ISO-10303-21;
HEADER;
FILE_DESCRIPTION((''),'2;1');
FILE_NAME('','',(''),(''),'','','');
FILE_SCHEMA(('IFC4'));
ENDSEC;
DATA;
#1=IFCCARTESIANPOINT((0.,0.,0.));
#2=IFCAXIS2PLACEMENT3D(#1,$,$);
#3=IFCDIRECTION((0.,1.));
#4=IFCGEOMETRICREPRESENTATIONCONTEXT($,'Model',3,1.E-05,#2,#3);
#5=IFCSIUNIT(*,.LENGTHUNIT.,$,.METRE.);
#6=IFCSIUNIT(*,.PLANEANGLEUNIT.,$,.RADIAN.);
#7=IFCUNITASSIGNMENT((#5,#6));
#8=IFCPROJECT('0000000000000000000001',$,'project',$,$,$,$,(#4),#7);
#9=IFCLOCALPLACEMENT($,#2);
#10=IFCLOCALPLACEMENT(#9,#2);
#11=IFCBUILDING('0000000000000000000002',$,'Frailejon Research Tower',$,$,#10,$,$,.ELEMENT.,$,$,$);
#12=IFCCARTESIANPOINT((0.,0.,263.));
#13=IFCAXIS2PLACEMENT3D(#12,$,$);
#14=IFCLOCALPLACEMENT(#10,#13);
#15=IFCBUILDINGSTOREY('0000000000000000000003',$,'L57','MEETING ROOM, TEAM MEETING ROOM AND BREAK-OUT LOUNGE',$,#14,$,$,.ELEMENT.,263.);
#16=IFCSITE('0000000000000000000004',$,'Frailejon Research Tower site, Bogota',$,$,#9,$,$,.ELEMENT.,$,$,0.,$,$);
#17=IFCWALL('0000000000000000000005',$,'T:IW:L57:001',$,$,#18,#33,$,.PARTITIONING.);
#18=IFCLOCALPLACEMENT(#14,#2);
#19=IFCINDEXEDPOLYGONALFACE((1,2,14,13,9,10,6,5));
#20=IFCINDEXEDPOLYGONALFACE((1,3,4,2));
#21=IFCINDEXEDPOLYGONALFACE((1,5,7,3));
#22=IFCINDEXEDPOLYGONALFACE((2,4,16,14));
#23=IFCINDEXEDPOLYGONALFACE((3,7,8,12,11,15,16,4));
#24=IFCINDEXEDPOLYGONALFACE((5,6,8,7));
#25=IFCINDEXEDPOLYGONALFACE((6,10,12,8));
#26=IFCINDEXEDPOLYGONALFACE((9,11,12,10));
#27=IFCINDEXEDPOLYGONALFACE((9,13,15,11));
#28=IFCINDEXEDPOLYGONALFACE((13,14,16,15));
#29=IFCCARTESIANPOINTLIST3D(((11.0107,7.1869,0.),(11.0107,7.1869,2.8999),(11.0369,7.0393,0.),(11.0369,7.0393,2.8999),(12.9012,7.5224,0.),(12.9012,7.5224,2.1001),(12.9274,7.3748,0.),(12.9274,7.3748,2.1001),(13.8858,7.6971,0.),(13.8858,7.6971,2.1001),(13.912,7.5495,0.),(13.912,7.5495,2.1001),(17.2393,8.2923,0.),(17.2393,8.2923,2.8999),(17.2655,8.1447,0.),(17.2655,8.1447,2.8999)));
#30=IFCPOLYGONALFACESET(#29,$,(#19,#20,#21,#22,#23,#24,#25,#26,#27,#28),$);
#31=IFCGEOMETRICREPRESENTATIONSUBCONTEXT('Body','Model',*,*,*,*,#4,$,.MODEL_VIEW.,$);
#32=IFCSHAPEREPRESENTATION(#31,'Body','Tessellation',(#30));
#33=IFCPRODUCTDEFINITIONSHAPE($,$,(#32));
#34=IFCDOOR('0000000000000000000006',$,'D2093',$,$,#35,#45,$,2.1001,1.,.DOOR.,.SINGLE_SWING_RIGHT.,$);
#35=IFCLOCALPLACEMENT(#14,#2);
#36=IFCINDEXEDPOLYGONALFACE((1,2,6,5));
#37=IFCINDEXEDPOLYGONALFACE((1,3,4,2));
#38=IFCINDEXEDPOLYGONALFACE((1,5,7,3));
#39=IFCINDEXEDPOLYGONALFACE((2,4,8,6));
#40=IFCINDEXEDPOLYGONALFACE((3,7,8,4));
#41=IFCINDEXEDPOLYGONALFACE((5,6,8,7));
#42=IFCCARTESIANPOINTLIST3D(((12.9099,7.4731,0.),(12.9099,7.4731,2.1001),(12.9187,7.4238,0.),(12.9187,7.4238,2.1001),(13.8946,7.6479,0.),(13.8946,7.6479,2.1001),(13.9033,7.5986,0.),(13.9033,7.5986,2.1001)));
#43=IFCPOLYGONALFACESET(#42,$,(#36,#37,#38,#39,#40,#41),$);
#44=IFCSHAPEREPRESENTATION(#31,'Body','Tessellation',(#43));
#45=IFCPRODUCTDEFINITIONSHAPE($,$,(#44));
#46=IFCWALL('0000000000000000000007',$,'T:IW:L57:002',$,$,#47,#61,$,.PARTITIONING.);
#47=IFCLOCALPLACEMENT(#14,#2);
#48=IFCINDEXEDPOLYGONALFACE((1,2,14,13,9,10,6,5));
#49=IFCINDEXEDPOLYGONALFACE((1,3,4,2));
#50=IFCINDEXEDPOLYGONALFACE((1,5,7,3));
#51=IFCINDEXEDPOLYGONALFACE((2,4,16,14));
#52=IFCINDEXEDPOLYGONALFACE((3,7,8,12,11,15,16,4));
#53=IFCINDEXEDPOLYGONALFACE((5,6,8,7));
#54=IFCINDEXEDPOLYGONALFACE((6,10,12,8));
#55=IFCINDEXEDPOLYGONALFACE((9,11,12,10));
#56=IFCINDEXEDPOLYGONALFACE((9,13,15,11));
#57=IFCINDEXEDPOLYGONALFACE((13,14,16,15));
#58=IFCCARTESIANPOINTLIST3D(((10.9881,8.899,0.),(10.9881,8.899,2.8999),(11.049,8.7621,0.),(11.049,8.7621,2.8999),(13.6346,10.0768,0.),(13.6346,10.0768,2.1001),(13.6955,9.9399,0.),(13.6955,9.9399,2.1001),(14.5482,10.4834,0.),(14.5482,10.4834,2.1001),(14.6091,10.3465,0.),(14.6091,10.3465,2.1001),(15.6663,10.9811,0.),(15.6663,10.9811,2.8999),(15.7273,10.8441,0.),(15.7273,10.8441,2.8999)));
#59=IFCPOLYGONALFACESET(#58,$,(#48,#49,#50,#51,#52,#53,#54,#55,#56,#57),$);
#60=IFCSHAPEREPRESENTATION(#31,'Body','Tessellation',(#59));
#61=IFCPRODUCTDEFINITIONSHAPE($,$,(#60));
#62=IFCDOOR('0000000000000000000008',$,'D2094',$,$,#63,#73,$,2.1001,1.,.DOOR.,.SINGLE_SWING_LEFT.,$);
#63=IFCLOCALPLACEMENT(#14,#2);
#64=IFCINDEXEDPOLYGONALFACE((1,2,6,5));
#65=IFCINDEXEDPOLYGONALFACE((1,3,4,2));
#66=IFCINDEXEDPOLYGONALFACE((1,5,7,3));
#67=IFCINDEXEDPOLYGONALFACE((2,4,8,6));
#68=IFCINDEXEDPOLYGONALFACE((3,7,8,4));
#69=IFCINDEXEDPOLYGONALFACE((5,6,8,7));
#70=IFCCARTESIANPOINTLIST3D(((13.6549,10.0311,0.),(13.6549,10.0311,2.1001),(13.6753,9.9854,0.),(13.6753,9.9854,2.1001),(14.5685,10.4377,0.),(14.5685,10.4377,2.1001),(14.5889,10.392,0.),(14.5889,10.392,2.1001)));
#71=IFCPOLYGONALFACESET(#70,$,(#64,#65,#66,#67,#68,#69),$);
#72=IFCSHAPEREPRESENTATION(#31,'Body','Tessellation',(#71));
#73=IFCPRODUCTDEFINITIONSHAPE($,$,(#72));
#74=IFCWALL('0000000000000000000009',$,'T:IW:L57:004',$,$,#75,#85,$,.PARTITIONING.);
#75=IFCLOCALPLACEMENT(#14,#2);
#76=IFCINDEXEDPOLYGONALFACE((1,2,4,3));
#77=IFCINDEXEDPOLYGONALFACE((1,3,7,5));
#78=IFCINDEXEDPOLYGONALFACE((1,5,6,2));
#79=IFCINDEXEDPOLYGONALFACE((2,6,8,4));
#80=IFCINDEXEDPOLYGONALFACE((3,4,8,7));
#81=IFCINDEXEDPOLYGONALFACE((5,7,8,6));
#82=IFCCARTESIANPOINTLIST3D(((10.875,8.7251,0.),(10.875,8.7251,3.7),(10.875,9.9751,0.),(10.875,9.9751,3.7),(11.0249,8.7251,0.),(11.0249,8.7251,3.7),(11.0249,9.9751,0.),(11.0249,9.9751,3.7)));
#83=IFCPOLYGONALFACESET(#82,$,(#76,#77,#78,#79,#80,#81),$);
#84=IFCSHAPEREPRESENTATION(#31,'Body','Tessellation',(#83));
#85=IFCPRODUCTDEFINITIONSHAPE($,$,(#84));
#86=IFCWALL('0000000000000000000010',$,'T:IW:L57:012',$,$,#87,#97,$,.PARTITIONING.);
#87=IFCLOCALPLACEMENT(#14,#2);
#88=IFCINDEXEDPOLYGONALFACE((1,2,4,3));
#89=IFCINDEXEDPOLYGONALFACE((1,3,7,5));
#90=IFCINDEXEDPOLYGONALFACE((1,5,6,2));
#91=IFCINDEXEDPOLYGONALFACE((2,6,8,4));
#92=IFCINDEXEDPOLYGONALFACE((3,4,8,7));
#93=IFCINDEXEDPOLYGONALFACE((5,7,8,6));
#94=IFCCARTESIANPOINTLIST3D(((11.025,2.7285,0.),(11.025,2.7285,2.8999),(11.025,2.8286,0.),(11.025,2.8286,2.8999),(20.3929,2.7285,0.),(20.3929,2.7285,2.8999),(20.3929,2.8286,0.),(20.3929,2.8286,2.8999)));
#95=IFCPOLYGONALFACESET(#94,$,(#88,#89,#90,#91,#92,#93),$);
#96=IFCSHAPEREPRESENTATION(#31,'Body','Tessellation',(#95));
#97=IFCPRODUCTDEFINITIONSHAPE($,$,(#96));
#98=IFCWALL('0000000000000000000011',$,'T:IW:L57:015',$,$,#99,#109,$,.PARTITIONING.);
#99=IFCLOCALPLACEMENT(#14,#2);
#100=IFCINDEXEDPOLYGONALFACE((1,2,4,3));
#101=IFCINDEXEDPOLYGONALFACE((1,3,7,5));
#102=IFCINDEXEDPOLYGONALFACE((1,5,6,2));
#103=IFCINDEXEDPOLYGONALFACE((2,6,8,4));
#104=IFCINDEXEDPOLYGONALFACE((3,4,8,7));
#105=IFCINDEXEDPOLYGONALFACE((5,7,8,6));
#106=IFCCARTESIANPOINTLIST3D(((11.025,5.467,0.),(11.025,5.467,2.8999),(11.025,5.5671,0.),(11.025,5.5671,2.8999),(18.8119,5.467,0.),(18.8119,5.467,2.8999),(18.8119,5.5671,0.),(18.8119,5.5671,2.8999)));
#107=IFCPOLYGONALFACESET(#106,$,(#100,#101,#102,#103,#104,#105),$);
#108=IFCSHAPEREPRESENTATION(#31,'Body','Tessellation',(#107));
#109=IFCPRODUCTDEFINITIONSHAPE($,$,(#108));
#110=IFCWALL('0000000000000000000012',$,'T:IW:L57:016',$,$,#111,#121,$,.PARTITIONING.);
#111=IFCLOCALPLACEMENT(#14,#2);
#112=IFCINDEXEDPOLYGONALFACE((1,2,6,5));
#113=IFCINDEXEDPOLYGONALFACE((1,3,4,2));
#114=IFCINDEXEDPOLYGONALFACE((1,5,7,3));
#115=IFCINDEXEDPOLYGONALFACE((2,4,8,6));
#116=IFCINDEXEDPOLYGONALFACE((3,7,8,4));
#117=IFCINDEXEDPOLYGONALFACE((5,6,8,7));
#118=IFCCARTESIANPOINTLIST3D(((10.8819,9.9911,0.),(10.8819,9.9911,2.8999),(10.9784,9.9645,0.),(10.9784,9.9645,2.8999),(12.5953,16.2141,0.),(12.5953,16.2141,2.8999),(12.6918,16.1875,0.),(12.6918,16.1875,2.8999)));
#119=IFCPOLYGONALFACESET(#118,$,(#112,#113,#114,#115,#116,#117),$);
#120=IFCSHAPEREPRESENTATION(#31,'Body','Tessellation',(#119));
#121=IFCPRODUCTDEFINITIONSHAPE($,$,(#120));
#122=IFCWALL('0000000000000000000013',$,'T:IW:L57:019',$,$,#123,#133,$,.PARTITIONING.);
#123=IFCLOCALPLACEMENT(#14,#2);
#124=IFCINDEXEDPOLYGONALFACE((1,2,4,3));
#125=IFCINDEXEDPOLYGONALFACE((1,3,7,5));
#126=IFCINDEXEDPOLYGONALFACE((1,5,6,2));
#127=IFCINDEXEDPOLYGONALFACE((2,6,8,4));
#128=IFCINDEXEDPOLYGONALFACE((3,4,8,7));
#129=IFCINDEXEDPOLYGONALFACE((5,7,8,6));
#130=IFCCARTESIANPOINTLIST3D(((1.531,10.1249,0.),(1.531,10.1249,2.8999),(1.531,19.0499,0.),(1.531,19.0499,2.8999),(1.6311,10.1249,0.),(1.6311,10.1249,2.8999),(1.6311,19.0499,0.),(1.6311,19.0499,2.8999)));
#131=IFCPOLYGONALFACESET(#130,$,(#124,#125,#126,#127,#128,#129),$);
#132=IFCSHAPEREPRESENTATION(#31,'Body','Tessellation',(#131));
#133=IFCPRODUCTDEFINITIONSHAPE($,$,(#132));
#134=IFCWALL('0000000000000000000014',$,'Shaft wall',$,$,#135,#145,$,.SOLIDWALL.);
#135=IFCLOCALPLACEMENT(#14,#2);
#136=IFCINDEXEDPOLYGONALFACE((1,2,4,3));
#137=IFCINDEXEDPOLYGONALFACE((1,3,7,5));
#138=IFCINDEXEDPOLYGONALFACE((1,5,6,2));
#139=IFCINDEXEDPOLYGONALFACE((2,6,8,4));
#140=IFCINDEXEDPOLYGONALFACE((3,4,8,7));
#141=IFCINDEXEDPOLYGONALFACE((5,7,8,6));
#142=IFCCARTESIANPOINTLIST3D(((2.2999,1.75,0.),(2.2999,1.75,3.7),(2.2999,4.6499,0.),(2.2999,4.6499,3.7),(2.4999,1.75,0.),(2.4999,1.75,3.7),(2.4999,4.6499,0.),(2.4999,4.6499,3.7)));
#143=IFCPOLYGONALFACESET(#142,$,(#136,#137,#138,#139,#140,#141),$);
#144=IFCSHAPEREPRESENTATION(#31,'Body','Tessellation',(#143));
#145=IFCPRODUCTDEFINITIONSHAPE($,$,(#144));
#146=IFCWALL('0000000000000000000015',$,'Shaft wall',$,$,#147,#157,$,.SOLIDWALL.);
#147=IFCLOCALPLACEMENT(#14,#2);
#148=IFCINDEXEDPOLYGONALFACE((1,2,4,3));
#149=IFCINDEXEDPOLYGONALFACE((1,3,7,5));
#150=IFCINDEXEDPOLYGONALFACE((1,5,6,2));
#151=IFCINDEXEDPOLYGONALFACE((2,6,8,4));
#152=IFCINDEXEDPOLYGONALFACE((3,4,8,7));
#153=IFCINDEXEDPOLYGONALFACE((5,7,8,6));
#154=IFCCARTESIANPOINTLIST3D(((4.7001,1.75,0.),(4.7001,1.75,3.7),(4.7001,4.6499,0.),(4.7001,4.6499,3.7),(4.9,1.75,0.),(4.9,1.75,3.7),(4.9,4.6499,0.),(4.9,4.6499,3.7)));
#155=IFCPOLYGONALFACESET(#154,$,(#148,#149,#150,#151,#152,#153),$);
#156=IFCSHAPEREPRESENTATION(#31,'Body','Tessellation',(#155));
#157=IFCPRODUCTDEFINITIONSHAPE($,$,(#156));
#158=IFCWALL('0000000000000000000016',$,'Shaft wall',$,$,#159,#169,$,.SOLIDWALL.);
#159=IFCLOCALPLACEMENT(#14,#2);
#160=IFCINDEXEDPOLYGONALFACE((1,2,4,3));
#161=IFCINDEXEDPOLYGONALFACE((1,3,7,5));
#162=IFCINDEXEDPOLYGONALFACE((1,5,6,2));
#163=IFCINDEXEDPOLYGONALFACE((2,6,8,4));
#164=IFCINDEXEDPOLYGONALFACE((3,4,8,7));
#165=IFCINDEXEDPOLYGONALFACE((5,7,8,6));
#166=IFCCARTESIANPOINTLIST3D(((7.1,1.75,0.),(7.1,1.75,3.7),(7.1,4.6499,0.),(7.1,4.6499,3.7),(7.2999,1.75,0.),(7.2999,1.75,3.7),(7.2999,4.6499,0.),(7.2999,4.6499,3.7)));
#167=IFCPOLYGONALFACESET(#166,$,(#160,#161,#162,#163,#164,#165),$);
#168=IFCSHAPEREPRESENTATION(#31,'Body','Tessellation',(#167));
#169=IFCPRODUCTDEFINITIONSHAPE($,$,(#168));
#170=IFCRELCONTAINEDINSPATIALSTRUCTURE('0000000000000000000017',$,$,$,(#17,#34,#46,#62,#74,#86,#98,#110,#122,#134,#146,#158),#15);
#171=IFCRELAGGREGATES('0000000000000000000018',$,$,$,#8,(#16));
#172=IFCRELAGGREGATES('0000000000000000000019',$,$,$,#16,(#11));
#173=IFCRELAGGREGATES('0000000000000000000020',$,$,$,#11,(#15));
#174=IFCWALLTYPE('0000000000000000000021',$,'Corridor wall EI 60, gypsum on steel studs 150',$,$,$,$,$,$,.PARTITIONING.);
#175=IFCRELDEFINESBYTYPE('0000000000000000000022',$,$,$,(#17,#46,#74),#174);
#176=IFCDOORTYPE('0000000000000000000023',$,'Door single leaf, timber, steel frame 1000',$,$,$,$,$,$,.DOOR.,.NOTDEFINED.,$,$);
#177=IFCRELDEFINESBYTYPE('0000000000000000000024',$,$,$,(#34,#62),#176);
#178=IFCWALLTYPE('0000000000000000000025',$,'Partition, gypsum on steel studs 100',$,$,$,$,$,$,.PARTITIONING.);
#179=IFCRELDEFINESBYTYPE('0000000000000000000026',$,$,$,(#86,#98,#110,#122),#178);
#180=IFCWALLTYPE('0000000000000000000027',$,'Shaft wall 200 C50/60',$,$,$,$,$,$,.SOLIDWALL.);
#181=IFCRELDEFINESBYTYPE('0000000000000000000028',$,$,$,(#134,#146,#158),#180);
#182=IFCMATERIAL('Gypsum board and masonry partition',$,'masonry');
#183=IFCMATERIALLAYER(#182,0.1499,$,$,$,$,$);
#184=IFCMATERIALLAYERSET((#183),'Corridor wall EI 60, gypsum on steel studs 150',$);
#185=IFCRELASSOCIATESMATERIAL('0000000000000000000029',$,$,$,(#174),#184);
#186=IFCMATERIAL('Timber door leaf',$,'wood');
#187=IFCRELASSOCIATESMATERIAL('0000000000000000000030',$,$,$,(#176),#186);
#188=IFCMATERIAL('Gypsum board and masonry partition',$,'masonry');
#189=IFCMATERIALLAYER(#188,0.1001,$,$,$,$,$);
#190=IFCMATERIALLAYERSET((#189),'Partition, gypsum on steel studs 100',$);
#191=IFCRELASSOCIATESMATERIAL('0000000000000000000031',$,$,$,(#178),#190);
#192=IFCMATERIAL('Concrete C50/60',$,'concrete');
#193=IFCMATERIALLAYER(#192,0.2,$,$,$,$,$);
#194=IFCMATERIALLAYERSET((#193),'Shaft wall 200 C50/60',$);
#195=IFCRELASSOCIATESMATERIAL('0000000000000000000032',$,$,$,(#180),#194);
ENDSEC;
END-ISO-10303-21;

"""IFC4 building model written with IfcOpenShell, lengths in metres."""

from ifc_helpers import new_model, si_unit, direction, frame, frame_2d, origin, place, context, subcontext, project, spatial, rectangle, extrude, material, layer, layer_set, type_object, element, fill, save


model = new_model("IFC4")

# Units and contexts
model_context = context("Model", 3, precision=1e-05, world=origin(), true_north=direction((0.0, 1.0)))
body_context = subcontext(model_context, "Body", "Model", "MODEL_VIEW")
ifc_project = project(units=[si_unit("LENGTHUNIT", "METRE"), si_unit("PLANEANGLEUNIT", "RADIAN")], contexts=[model_context])

# Site, building, storey
site_placement = place(None, origin())
site = spatial("IfcSite", under=ifc_project, at=site_placement, Name="Frailejon Research Tower site, Bogota", CompositionType="ELEMENT", RefElevation=0.0)
building_placement = place(site_placement, origin())
building = spatial("IfcBuilding", under=site, at=building_placement, Name="Frailejon Research Tower", CompositionType="ELEMENT")
storey_placement = place(building_placement, frame((0.0, 0.0, 263.0)))
storey = spatial("IfcBuildingStorey", under=building, at=storey_placement, Name="L57", Description="MEETING ROOM, TEAM MEETING ROOM AND BREAK-OUT LOUNGE", CompositionType="ELEMENT", Elevation=263.0)

# Walls, openings, doors
ifc_material_1 = material(Name="Gypsum board and masonry partition", Category="masonry")
ifc_layer_1 = layer(ifc_material_1, 0.1499)
ifc_layer_set_1 = layer_set([ifc_layer_1], Name="Corridor wall EI 60, gypsum on steel studs 150")
wall_type_1 = type_object("IfcWallType", Name="Corridor wall EI 60, gypsum on steel studs 150", PredefinedType="PARTITIONING", material=ifc_layer_set_1)
wall_1_placement = place(storey_placement, frame((11.0237, 7.113, 0.0), z_axis=(0.0, 0.0, 1.0), x_axis=(0.984612, 0.174754, 0.0)))
wall_1 = element("IfcWall", 1, at=wall_1_placement, inside=storey, type_object=wall_type_1, Name="T:IW:L57:001", PredefinedType="PARTITIONING", context=body_context, shape_type="SweptSolid", body=[
    extrude(rectangle(XDim=6.3259, YDim=0.1499, at=frame_2d((3.1631, 0.0))), origin(), (0.0, 0.0, 1.0), 2.8999),
])
opening_1_placement = place(wall_1_placement, frame((1.9202, 0.0, 0.0)))
opening_1 = element("IfcOpeningElement", 2, at=opening_1_placement, cuts=wall_1, PredefinedType="OPENING", context=body_context, shape_type="SweptSolid", body=[
    extrude(rectangle(XDim=1.0, YDim=2.1001, at=frame_2d((0.5, 1.05))), frame((0.0, 0.085, 0.0), z_axis=(0.0, -1.0, 0.0), x_axis=(1.0, 0.0, 0.0)), (0.0, 0.0, 1.0), 0.1699),
])
ifc_material_2 = material(Name="Timber door leaf", Category="wood")
door_type_1 = type_object("IfcDoorType", Name="Door single leaf, timber, steel frame 1000", OperationType="NOTDEFINED", PredefinedType="DOOR", material=ifc_material_2)
door_1_placement = place(opening_1_placement, origin())
door_1 = element("IfcDoor", 3, at=door_1_placement, inside=storey, type_object=door_type_1, Name="D2093", OperationType="SINGLE_SWING_RIGHT", OverallHeight=2.1001, OverallWidth=1.0, PredefinedType="DOOR", context=body_context, shape_type="SweptSolid", body=[
    extrude(rectangle(XDim=1.0, YDim=2.1001, at=frame_2d((0.5, 1.05))), frame((0.0, 0.0249, 0.0), z_axis=(0.0, -1.0, 0.0), x_axis=(1.0, 0.0, 0.0)), (0.0, 0.0, 1.0), 0.05),
])
fill(opening_1, door_1)
wall_2_placement = place(storey_placement, frame((11.0186, 8.8306, 0.0), z_axis=(0.0, 0.0, 1.0), x_axis=(0.913607, 0.406598, 0.0)))
wall_2 = element("IfcWall", 4, at=wall_2_placement, inside=storey, type_object=wall_type_1, Name="T:IW:L57:002", PredefinedType="PARTITIONING", context=body_context, shape_type="SweptSolid", body=[
    extrude(rectangle(XDim=5.1206, YDim=0.1499, at=frame_2d((2.5603, 0.0))), origin(), (0.0, 0.0, 1.0), 2.8999),
])
opening_2_placement = place(wall_2_placement, frame((2.8967, 0.0, 0.0)))
opening_2 = element("IfcOpeningElement", 5, at=opening_2_placement, cuts=wall_2, PredefinedType="OPENING", context=body_context, shape_type="SweptSolid", body=[
    extrude(rectangle(XDim=1.0, YDim=2.1001, at=frame_2d((0.5, 1.05))), frame((0.0, 0.085, 0.0), z_axis=(0.0, -1.0, 0.0), x_axis=(1.0, 0.0, 0.0)), (0.0, 0.0, 1.0), 0.1699),
])
door_2_placement = place(opening_2_placement, origin())
door_2 = element("IfcDoor", 6, at=door_2_placement, inside=storey, type_object=door_type_1, Name="D2094", OperationType="SINGLE_SWING_LEFT", OverallHeight=2.1001, OverallWidth=1.0, PredefinedType="DOOR", context=body_context, shape_type="SweptSolid", body=[
    extrude(rectangle(XDim=1.0, YDim=2.1001, at=frame_2d((0.5, 1.05))), frame((0.0, 0.0249, 0.0), z_axis=(0.0, -1.0, 0.0), x_axis=(1.0, 0.0, 0.0)), (0.0, 0.0, 1.0), 0.05),
])
fill(opening_2, door_2)

# Walls
wall_3_placement = place(storey_placement, frame((10.95, 8.7251, 0.0), z_axis=(0.0, 0.0, 1.0), x_axis=(0.0, 1.0, 0.0)))
element("IfcWall", 7, at=wall_3_placement, inside=storey, type_object=wall_type_1, Name="T:IW:L57:004", PredefinedType="PARTITIONING", context=body_context, shape_type="SweptSolid", body=[
    extrude(rectangle(XDim=1.25, YDim=0.1499, at=frame_2d((0.625, 0.0))), origin(), (0.0, 0.0, 1.0), 3.7),
])
ifc_material_3 = material(Name="Gypsum board and masonry partition", Category="masonry")
ifc_layer_2 = layer(ifc_material_3, 0.1001)
ifc_layer_set_2 = layer_set([ifc_layer_2], Name="Partition, gypsum on steel studs 100")
wall_type_2 = type_object("IfcWallType", Name="Partition, gypsum on steel studs 100", PredefinedType="PARTITIONING", material=ifc_layer_set_2)
wall_4_placement = place(storey_placement, frame((11.0249, 2.7786, 0.0), z_axis=(0.0, 0.0, 1.0), x_axis=(1.0, 0.0, 0.0)))
element("IfcWall", 8, at=wall_4_placement, inside=storey, type_object=wall_type_2, Name="T:IW:L57:012", PredefinedType="PARTITIONING", context=body_context, shape_type="SweptSolid", body=[
    extrude(rectangle(XDim=9.3679, YDim=0.1001, at=frame_2d((4.6841, 0.0))), origin(), (0.0, 0.0, 1.0), 2.8999),
])
wall_5_placement = place(storey_placement, frame((11.0249, 5.5171, 0.0), z_axis=(0.0, 0.0, 1.0), x_axis=(1.0, 0.0, 0.0)))
element("IfcWall", 9, at=wall_5_placement, inside=storey, type_object=wall_type_2, Name="T:IW:L57:015", PredefinedType="PARTITIONING", context=body_context, shape_type="SweptSolid", body=[
    extrude(rectangle(XDim=7.7869, YDim=0.1001, at=frame_2d((3.8936, 0.0))), origin(), (0.0, 0.0, 1.0), 2.8999),
])
wall_6_placement = place(storey_placement, frame((10.9302, 9.9778, 0.0), z_axis=(0.0, 0.0, 1.0), x_axis=(0.265456, 0.964123, 0.0)))
element("IfcWall", 10, at=wall_6_placement, inside=storey, type_object=wall_type_2, Name="T:IW:L57:016", PredefinedType="PARTITIONING", context=body_context, shape_type="SweptSolid", body=[
    extrude(rectangle(XDim=6.4546, YDim=0.1001, at=frame_2d((3.2273, 0.0))), origin(), (0.0, 0.0, 1.0), 2.8999),
])
wall_7_placement = place(storey_placement, frame((1.5811, 10.125, 0.0), z_axis=(0.0, 0.0, 1.0), x_axis=(0.0, 1.0, 0.0)))
element("IfcWall", 11, at=wall_7_placement, inside=storey, type_object=wall_type_2, Name="T:IW:L57:019", PredefinedType="PARTITIONING", context=body_context, shape_type="SweptSolid", body=[
    extrude(rectangle(XDim=8.925, YDim=0.1001, at=frame_2d((4.4624, 0.0))), origin(), (0.0, 0.0, 1.0), 2.8999),
])
ifc_material_4 = material(Name="Concrete C50/60", Category="concrete")
ifc_layer_3 = layer(ifc_material_4, 0.2)
ifc_layer_set_3 = layer_set([ifc_layer_3], Name="Shaft wall 200 C50/60")
wall_type_3 = type_object("IfcWallType", Name="Shaft wall 200 C50/60", PredefinedType="SOLIDWALL", material=ifc_layer_set_3)
for number, where, z_axis, x_axis, name in (
    (12, (2.3999, 1.75, 0.0), (0.0, 0.0, 1.0), (0.0, 1.0, 0.0), "Shaft wall"),
    (13, (4.8, 1.75, 0.0), (0.0, 0.0, 1.0), (0.0, 1.0, 0.0), "Shaft wall"),
    (14, (7.2, 1.75, 0.0), (0.0, 0.0, 1.0), (0.0, 1.0, 0.0), "Shaft wall"),
):
    element("IfcWall", number, at=place(storey_placement, frame(where, z_axis=z_axis, x_axis=x_axis)), inside=storey, type_object=wall_type_3, Name=name, PredefinedType="SOLIDWALL", context=body_context, shape_type="SweptSolid", body=[
        extrude(rectangle(XDim=2.8999, YDim=0.2, at=frame_2d((1.45, 0.0))), origin(), (0.0, 0.0, 1.0), 3.7),
    ])

save(model, "model.ifc")
